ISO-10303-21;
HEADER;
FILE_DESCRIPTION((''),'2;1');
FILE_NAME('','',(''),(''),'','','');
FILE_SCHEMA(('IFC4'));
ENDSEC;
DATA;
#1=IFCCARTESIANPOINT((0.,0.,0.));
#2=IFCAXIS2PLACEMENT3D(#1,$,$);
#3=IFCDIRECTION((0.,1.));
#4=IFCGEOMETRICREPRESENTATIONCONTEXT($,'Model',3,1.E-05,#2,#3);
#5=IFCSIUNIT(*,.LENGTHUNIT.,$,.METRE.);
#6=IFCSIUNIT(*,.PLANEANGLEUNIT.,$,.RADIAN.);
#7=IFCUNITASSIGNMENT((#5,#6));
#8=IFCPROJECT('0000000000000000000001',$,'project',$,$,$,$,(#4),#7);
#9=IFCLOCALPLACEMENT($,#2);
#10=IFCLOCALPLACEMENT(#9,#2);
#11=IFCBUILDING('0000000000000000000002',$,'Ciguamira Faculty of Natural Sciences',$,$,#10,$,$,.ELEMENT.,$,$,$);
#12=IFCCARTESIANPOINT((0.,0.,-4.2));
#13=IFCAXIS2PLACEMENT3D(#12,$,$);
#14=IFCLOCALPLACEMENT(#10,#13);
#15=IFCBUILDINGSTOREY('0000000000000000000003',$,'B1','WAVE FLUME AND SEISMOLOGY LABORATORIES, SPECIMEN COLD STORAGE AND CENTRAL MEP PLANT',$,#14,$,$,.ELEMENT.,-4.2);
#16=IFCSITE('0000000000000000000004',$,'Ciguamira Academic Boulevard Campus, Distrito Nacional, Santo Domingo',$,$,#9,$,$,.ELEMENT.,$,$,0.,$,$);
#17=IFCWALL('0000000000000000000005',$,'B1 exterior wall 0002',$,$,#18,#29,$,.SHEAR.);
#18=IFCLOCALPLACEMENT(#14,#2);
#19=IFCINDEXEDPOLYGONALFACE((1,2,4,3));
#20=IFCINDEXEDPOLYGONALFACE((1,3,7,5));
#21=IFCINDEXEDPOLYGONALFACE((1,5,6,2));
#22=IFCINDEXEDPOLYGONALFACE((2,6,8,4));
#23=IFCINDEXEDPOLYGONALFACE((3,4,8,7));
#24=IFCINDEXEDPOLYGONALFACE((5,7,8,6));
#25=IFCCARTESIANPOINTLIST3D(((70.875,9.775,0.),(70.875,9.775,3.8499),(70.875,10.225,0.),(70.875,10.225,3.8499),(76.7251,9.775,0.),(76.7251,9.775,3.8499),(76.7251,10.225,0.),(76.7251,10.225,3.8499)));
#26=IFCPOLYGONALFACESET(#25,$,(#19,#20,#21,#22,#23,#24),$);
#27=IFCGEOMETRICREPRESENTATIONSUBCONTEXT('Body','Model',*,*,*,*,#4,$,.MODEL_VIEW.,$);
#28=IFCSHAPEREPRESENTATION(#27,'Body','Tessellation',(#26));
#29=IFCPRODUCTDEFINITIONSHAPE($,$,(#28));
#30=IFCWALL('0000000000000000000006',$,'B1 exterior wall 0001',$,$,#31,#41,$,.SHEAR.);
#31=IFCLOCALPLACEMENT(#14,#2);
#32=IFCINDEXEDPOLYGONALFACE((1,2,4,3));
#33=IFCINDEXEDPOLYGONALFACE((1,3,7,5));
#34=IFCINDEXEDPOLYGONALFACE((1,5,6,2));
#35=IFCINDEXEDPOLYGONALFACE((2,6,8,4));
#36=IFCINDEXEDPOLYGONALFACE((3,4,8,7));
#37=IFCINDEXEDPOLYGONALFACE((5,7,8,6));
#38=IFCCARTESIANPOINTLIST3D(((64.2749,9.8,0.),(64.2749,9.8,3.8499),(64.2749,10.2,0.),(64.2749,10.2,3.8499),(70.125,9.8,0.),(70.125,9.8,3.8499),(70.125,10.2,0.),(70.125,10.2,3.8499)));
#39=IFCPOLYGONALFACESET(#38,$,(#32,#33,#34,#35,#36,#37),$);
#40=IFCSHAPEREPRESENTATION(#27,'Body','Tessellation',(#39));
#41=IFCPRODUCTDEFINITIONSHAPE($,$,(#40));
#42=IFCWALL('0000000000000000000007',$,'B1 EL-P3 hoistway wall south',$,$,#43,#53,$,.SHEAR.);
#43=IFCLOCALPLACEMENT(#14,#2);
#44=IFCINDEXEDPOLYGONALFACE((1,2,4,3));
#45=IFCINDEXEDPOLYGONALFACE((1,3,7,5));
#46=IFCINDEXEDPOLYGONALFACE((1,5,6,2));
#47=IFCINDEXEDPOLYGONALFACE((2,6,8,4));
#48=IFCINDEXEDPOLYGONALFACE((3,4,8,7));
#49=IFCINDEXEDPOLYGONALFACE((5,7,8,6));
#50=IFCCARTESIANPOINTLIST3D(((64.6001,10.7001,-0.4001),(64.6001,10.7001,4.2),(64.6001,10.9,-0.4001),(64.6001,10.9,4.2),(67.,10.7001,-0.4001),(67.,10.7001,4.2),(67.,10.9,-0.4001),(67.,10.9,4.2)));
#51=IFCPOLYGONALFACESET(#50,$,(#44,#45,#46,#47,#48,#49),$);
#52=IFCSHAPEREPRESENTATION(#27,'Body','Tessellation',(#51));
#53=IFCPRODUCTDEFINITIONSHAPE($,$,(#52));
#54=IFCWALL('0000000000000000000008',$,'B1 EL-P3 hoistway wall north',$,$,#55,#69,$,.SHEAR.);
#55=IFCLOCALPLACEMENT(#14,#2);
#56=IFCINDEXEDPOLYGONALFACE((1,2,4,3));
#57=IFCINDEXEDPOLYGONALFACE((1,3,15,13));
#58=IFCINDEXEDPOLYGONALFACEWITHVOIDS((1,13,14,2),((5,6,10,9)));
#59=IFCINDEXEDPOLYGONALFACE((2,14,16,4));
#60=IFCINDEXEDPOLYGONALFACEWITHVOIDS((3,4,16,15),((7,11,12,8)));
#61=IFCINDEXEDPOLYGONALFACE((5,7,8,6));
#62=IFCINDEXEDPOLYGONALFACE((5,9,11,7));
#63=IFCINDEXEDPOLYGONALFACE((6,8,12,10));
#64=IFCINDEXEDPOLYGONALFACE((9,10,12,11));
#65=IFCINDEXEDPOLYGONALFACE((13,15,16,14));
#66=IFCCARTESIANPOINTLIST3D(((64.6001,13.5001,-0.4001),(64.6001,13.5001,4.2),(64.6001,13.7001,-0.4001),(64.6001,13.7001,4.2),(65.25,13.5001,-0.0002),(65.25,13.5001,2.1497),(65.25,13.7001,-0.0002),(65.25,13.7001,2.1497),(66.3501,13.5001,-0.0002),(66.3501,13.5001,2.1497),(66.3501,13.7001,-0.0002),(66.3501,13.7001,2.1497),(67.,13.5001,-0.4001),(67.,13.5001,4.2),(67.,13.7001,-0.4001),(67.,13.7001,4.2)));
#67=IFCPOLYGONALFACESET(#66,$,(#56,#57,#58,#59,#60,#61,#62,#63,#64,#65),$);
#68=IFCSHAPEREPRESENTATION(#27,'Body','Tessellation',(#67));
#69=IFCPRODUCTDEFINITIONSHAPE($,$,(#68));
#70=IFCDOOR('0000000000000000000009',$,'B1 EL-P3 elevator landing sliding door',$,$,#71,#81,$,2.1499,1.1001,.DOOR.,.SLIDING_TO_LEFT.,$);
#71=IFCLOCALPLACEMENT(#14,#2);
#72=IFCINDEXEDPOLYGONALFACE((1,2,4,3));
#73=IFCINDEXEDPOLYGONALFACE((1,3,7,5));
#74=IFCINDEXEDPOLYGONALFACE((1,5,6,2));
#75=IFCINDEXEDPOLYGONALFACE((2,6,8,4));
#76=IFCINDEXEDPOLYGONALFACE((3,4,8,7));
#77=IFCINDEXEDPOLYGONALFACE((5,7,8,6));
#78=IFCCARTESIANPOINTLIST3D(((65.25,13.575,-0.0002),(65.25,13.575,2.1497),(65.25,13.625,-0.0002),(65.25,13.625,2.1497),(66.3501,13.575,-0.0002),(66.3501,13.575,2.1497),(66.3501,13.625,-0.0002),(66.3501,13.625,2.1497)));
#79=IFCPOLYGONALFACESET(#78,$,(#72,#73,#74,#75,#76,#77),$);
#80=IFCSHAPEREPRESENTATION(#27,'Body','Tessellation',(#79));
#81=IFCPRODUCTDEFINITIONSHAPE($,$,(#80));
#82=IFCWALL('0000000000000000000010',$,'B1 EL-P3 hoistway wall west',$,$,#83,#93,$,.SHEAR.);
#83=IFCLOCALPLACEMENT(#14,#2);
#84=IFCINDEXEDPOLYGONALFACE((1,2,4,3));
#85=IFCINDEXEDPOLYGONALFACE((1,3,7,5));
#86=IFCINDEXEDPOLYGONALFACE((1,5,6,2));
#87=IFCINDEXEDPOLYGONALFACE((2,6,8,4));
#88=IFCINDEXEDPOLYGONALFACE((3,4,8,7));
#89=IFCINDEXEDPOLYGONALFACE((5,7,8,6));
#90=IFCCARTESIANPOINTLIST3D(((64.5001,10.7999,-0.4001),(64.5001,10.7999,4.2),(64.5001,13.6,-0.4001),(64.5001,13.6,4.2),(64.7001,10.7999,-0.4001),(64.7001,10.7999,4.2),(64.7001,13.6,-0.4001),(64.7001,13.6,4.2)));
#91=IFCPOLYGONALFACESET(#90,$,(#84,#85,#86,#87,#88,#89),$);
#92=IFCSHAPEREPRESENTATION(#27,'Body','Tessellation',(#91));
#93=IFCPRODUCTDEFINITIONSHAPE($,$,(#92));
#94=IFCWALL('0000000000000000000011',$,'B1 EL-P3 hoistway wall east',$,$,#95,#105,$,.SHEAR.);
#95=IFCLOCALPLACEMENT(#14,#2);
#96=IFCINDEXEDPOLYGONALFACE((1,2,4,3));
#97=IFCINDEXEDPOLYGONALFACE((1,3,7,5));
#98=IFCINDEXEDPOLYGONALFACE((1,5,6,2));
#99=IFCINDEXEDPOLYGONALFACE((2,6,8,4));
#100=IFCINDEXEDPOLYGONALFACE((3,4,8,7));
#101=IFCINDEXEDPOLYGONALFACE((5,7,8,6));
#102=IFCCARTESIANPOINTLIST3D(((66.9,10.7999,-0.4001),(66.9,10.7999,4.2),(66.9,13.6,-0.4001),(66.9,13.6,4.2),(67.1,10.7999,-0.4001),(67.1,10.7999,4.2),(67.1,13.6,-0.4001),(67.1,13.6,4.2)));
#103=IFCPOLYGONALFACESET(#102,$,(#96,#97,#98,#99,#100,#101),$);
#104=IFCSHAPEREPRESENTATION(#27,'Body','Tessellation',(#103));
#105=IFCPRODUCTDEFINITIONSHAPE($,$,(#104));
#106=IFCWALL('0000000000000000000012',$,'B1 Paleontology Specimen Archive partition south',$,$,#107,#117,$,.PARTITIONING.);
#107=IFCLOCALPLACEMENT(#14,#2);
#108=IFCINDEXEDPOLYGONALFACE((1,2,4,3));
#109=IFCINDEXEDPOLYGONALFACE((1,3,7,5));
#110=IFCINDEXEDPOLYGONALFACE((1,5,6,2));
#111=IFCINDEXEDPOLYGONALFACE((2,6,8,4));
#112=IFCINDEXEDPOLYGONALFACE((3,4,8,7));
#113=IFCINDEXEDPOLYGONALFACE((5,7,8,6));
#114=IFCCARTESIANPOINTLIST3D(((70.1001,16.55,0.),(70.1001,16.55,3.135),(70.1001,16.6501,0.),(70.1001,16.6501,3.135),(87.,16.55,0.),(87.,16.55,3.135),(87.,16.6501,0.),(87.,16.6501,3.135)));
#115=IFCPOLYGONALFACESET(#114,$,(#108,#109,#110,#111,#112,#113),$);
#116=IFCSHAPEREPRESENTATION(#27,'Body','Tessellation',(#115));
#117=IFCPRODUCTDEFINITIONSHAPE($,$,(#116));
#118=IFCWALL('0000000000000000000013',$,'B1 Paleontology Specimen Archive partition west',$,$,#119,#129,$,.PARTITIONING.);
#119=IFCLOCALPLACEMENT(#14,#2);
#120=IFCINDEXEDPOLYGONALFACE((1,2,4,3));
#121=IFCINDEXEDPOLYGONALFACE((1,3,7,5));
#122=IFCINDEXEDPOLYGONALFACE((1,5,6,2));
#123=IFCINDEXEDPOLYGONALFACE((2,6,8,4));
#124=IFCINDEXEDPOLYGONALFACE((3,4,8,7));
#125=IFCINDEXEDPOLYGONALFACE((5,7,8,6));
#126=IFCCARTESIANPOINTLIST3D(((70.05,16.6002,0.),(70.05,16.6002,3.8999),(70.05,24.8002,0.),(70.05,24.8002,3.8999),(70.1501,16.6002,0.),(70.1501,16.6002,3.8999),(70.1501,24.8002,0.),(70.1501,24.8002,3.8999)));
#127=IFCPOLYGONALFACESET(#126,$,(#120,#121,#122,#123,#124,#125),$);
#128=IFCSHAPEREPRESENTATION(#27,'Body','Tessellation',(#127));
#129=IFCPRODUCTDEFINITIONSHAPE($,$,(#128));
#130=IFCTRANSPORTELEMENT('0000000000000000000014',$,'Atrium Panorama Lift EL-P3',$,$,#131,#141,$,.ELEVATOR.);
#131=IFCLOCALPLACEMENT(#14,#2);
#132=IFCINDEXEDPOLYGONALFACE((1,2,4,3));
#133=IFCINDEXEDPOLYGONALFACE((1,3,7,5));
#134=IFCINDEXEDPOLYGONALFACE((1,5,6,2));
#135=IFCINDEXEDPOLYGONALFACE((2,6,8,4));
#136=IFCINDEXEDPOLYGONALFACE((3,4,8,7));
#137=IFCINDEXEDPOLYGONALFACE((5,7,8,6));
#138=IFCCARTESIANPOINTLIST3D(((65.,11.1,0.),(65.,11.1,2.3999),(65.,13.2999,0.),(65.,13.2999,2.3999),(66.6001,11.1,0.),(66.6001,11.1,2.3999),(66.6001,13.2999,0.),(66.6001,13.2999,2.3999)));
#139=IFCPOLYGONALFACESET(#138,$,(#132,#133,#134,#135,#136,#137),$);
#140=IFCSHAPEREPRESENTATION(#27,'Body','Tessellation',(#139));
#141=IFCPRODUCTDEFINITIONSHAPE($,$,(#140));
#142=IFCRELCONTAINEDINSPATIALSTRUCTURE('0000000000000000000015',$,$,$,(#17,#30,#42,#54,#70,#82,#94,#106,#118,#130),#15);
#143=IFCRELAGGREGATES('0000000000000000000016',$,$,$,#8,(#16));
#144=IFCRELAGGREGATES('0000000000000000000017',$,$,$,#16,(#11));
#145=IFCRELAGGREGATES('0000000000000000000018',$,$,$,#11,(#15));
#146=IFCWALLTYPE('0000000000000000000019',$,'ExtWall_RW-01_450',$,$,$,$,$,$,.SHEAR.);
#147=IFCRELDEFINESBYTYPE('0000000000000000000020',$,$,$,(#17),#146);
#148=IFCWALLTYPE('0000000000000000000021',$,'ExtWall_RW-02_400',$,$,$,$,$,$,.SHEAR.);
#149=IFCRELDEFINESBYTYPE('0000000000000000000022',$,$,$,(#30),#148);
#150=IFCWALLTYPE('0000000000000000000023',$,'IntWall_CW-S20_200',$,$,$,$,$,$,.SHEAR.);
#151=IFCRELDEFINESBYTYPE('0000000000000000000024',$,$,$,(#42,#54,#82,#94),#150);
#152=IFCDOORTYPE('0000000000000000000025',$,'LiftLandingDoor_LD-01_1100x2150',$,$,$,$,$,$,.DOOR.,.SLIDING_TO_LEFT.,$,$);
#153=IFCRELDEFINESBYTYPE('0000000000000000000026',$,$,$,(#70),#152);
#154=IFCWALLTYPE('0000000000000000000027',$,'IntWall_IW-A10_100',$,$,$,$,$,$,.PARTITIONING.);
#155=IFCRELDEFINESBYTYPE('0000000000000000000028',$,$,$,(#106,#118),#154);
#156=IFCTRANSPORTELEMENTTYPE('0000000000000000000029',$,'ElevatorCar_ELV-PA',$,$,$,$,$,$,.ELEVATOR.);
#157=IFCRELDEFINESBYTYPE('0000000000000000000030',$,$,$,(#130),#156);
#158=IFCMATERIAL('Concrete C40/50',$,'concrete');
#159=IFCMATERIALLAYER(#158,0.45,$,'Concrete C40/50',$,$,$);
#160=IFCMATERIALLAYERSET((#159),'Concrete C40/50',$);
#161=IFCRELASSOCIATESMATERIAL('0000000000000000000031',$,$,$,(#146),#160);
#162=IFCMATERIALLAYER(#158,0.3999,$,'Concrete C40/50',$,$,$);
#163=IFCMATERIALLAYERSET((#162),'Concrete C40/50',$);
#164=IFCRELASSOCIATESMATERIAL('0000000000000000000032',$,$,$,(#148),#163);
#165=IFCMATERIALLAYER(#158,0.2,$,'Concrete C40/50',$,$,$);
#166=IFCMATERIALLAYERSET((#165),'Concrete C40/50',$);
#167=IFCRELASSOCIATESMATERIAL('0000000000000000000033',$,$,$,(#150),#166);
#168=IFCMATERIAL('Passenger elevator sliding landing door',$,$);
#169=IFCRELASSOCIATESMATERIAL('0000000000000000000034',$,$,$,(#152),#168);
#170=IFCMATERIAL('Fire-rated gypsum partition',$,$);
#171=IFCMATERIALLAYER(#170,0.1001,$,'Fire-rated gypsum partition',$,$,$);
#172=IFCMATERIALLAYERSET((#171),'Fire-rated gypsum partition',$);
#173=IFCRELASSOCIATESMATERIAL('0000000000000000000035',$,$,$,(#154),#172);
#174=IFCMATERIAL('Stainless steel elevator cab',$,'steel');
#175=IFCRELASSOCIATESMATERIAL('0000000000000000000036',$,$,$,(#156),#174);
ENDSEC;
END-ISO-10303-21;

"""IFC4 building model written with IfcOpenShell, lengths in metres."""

from ifc_helpers import new_model, si_unit, direction, frame, frame_2d, origin, origin_2d, place, context, subcontext, project, spatial, rectangle, extrude, material, layer, layer_set, type_object, element, fill, save


model = new_model("IFC4")

# Units and contexts
model_context = context("Model", 3, precision=1e-05, world=origin(), true_north=direction((0.0, 1.0)))
body_context = subcontext(model_context, "Body", "Model", "MODEL_VIEW")
ifc_project = project(units=[si_unit("LENGTHUNIT", "METRE"), si_unit("PLANEANGLEUNIT", "RADIAN")], contexts=[model_context])

# Site, building, storey
site_placement = place(None, origin())
site = spatial("IfcSite", under=ifc_project, at=site_placement, Name="Ciguamira Academic Boulevard Campus, Distrito Nacional, Santo Domingo", CompositionType="ELEMENT", RefElevation=0.0)
building_placement = place(site_placement, origin())
building = spatial("IfcBuilding", under=site, at=building_placement, Name="Ciguamira Faculty of Natural Sciences", CompositionType="ELEMENT")
storey_placement = place(building_placement, frame((0.0, 0.0, -4.2)))
storey = spatial("IfcBuildingStorey", under=building, at=storey_placement, Name="B1", Description="WAVE FLUME AND SEISMOLOGY LABORATORIES, SPECIMEN COLD STORAGE AND CENTRAL MEP PLANT", CompositionType="ELEMENT", Elevation=-4.2)

# Shared definitions
ifc_material_1 = material(Name="Concrete C40/50", Category="concrete")

# Walls
ifc_layer_1 = layer(ifc_material_1, 0.45, Name="Concrete C40/50")
ifc_layer_set_1 = layer_set([ifc_layer_1], Name="Concrete C40/50")
wall_type_1 = type_object("IfcWallType", Name="ExtWall_RW-01_450", PredefinedType="SHEAR", material=ifc_layer_set_1)
wall_1_placement = place(storey_placement, frame((70.875, 10.0, 0.0), z_axis=(0.0, 0.0, 1.0), x_axis=(1.0, 0.0, 0.0)))
element("IfcWall", 1, at=wall_1_placement, inside=storey, type_object=wall_type_1, Name="B1 exterior wall 0002", PredefinedType="SHEAR", context=body_context, shape_type="SweptSolid", body=[
    extrude(rectangle(XDim=5.8501, YDim=0.45, at=frame_2d((2.925, 0.0))), origin(), (0.0, 0.0, 1.0), 3.8499),
])
ifc_layer_2 = layer(ifc_material_1, 0.3999, Name="Concrete C40/50")
ifc_layer_set_2 = layer_set([ifc_layer_2], Name="Concrete C40/50")
wall_type_2 = type_object("IfcWallType", Name="ExtWall_RW-02_400", PredefinedType="SHEAR", material=ifc_layer_set_2)
wall_2_placement = place(storey_placement, frame((64.2749, 10.0, 0.0), z_axis=(0.0, 0.0, 1.0), x_axis=(1.0, 0.0, 0.0)))
element("IfcWall", 2, at=wall_2_placement, inside=storey, type_object=wall_type_2, Name="B1 exterior wall 0001", PredefinedType="SHEAR", context=body_context, shape_type="SweptSolid", body=[
    extrude(rectangle(XDim=5.8501, YDim=0.3999, at=frame_2d((2.925, 0.0))), origin(), (0.0, 0.0, 1.0), 3.8499),
])
ifc_layer_3 = layer(ifc_material_1, 0.2, Name="Concrete C40/50")
ifc_layer_set_3 = layer_set([ifc_layer_3], Name="Concrete C40/50")
wall_type_3 = type_object("IfcWallType", Name="IntWall_CW-S20_200", PredefinedType="SHEAR", material=ifc_layer_set_3)
wall_3_placement = place(storey_placement, frame((64.6001, 10.8, -0.4001), z_axis=(0.0, 0.0, 1.0), x_axis=(1.0, 0.0, 0.0)))
element("IfcWall", 3, at=wall_3_placement, inside=storey, type_object=wall_type_3, Name="B1 EL-P3 hoistway wall south", PredefinedType="SHEAR", context=body_context, shape_type="SweptSolid", body=[
    extrude(rectangle(XDim=2.3999, YDim=0.2, at=frame_2d((1.2, 0.0))), origin(), (0.0, 0.0, 1.0), 4.6001),
])

# Wall, opening, door
wall_4_placement = place(storey_placement, frame((64.6001, 13.6001, -0.4001), z_axis=(0.0, 0.0, 1.0), x_axis=(1.0, 0.0, 0.0)))
wall_4 = element("IfcWall", 4, at=wall_4_placement, inside=storey, type_object=wall_type_3, Name="B1 EL-P3 hoistway wall north", PredefinedType="SHEAR", context=body_context, shape_type="SweptSolid", body=[
    extrude(rectangle(XDim=2.3999, YDim=0.2, at=frame_2d((1.2, 0.0))), origin(), (0.0, 0.0, 1.0), 4.6001),
])
opening_placement = place(wall_4_placement, frame((0.6499, 0.0, 0.3999)))
opening = element("IfcOpeningElement", 5, at=opening_placement, cuts=wall_4, PredefinedType="OPENING", context=body_context, shape_type="SweptSolid", body=[
    extrude(rectangle(XDim=1.1001, YDim=2.1499, at=frame_2d((0.55, 1.075))), frame((0.0, 0.1099, 0.0), z_axis=(0.0, -1.0, 0.0), x_axis=(1.0, 0.0, 0.0)), (0.0, 0.0, 1.0), 0.22),
])
ifc_material_2 = material(Name="Passenger elevator sliding landing door")
door_type = type_object("IfcDoorType", Name="LiftLandingDoor_LD-01_1100x2150", OperationType="SLIDING_TO_LEFT", PredefinedType="DOOR", material=ifc_material_2)
door_placement = place(opening_placement, origin())
door = element("IfcDoor", 6, at=door_placement, inside=storey, type_object=door_type, Name="B1 EL-P3 elevator landing sliding door", OperationType="SLIDING_TO_LEFT", OverallHeight=2.1499, OverallWidth=1.1001, PredefinedType="DOOR", context=body_context, shape_type="SweptSolid", body=[
    extrude(rectangle(XDim=1.1001, YDim=2.1499, at=frame_2d((0.55, 1.075))), frame((0.0, 0.0249, 0.0), z_axis=(0.0, -1.0, 0.0), x_axis=(1.0, 0.0, 0.0)), (0.0, 0.0, 1.0), 0.05),
])
fill(opening, door)

# Walls
for number, where, z_axis, x_axis, name in (
    (7, (64.6001, 10.8, -0.4001), (0.0, 0.0, 1.0), (0.0, 1.0, 0.0), "B1 EL-P3 hoistway wall west"),
    (8, (67.0, 10.8, -0.4001), (0.0, 0.0, 1.0), (0.0, 1.0, 0.0), "B1 EL-P3 hoistway wall east"),
):
    element("IfcWall", number, at=place(storey_placement, frame(where, z_axis=z_axis, x_axis=x_axis)), inside=storey, type_object=wall_type_3, Name=name, PredefinedType="SHEAR", context=body_context, shape_type="SweptSolid", body=[
        extrude(rectangle(XDim=2.8, YDim=0.2, at=frame_2d((1.3999, 0.0))), origin(), (0.0, 0.0, 1.0), 4.6001),
    ])
ifc_material_3 = material(Name="Fire-rated gypsum partition")
ifc_layer_4 = layer(ifc_material_3, 0.1001, Name="Fire-rated gypsum partition")
ifc_layer_set_4 = layer_set([ifc_layer_4], Name="Fire-rated gypsum partition")
wall_type_4 = type_object("IfcWallType", Name="IntWall_IW-A10_100", PredefinedType="PARTITIONING", material=ifc_layer_set_4)
wall_5_placement = place(storey_placement, frame((70.1001, 16.6001, 0.0), z_axis=(0.0, 0.0, 1.0), x_axis=(1.0, 0.0, 0.0)))
element("IfcWall", 9, at=wall_5_placement, inside=storey, type_object=wall_type_4, Name="B1 Paleontology Specimen Archive partition south", PredefinedType="PARTITIONING", context=body_context, shape_type="SweptSolid", body=[
    extrude(rectangle(XDim=16.8999, YDim=0.1001, at=frame_2d((8.45, 0.0))), origin(), (0.0, 0.0, 1.0), 3.135),
])
wall_6_placement = place(storey_placement, frame((70.1001, 16.6001, 0.0), z_axis=(0.0, 0.0, 1.0), x_axis=(0.0, 1.0, 0.0)))
element("IfcWall", 10, at=wall_6_placement, inside=storey, type_object=wall_type_4, Name="B1 Paleontology Specimen Archive partition west", PredefinedType="PARTITIONING", context=body_context, shape_type="SweptSolid", body=[
    extrude(rectangle(XDim=8.2, YDim=0.1001, at=frame_2d((4.1001, 0.0))), origin(), (0.0, 0.0, 1.0), 3.8999),
])

# Transport element
ifc_material_4 = material(Name="Stainless steel elevator cab", Category="steel")
transport_element_type = type_object("IfcTransportElementType", Name="ElevatorCar_ELV-PA", PredefinedType="ELEVATOR", material=ifc_material_4)
transport_element_placement = place(storey_placement, frame((65.8, 12.2, 0.0), z_axis=(0.0, 0.0, 1.0), x_axis=(1.0, 0.0, 0.0)))
element("IfcTransportElement", 11, at=transport_element_placement, inside=storey, type_object=transport_element_type, Name="Atrium Panorama Lift EL-P3", PredefinedType="ELEVATOR", context=body_context, shape_type="SweptSolid", body=[
    extrude(rectangle(XDim=1.6001, YDim=2.2, at=origin_2d()), origin(), (0.0, 0.0, 1.0), 2.3999),
])

save(model, "model.ifc")
